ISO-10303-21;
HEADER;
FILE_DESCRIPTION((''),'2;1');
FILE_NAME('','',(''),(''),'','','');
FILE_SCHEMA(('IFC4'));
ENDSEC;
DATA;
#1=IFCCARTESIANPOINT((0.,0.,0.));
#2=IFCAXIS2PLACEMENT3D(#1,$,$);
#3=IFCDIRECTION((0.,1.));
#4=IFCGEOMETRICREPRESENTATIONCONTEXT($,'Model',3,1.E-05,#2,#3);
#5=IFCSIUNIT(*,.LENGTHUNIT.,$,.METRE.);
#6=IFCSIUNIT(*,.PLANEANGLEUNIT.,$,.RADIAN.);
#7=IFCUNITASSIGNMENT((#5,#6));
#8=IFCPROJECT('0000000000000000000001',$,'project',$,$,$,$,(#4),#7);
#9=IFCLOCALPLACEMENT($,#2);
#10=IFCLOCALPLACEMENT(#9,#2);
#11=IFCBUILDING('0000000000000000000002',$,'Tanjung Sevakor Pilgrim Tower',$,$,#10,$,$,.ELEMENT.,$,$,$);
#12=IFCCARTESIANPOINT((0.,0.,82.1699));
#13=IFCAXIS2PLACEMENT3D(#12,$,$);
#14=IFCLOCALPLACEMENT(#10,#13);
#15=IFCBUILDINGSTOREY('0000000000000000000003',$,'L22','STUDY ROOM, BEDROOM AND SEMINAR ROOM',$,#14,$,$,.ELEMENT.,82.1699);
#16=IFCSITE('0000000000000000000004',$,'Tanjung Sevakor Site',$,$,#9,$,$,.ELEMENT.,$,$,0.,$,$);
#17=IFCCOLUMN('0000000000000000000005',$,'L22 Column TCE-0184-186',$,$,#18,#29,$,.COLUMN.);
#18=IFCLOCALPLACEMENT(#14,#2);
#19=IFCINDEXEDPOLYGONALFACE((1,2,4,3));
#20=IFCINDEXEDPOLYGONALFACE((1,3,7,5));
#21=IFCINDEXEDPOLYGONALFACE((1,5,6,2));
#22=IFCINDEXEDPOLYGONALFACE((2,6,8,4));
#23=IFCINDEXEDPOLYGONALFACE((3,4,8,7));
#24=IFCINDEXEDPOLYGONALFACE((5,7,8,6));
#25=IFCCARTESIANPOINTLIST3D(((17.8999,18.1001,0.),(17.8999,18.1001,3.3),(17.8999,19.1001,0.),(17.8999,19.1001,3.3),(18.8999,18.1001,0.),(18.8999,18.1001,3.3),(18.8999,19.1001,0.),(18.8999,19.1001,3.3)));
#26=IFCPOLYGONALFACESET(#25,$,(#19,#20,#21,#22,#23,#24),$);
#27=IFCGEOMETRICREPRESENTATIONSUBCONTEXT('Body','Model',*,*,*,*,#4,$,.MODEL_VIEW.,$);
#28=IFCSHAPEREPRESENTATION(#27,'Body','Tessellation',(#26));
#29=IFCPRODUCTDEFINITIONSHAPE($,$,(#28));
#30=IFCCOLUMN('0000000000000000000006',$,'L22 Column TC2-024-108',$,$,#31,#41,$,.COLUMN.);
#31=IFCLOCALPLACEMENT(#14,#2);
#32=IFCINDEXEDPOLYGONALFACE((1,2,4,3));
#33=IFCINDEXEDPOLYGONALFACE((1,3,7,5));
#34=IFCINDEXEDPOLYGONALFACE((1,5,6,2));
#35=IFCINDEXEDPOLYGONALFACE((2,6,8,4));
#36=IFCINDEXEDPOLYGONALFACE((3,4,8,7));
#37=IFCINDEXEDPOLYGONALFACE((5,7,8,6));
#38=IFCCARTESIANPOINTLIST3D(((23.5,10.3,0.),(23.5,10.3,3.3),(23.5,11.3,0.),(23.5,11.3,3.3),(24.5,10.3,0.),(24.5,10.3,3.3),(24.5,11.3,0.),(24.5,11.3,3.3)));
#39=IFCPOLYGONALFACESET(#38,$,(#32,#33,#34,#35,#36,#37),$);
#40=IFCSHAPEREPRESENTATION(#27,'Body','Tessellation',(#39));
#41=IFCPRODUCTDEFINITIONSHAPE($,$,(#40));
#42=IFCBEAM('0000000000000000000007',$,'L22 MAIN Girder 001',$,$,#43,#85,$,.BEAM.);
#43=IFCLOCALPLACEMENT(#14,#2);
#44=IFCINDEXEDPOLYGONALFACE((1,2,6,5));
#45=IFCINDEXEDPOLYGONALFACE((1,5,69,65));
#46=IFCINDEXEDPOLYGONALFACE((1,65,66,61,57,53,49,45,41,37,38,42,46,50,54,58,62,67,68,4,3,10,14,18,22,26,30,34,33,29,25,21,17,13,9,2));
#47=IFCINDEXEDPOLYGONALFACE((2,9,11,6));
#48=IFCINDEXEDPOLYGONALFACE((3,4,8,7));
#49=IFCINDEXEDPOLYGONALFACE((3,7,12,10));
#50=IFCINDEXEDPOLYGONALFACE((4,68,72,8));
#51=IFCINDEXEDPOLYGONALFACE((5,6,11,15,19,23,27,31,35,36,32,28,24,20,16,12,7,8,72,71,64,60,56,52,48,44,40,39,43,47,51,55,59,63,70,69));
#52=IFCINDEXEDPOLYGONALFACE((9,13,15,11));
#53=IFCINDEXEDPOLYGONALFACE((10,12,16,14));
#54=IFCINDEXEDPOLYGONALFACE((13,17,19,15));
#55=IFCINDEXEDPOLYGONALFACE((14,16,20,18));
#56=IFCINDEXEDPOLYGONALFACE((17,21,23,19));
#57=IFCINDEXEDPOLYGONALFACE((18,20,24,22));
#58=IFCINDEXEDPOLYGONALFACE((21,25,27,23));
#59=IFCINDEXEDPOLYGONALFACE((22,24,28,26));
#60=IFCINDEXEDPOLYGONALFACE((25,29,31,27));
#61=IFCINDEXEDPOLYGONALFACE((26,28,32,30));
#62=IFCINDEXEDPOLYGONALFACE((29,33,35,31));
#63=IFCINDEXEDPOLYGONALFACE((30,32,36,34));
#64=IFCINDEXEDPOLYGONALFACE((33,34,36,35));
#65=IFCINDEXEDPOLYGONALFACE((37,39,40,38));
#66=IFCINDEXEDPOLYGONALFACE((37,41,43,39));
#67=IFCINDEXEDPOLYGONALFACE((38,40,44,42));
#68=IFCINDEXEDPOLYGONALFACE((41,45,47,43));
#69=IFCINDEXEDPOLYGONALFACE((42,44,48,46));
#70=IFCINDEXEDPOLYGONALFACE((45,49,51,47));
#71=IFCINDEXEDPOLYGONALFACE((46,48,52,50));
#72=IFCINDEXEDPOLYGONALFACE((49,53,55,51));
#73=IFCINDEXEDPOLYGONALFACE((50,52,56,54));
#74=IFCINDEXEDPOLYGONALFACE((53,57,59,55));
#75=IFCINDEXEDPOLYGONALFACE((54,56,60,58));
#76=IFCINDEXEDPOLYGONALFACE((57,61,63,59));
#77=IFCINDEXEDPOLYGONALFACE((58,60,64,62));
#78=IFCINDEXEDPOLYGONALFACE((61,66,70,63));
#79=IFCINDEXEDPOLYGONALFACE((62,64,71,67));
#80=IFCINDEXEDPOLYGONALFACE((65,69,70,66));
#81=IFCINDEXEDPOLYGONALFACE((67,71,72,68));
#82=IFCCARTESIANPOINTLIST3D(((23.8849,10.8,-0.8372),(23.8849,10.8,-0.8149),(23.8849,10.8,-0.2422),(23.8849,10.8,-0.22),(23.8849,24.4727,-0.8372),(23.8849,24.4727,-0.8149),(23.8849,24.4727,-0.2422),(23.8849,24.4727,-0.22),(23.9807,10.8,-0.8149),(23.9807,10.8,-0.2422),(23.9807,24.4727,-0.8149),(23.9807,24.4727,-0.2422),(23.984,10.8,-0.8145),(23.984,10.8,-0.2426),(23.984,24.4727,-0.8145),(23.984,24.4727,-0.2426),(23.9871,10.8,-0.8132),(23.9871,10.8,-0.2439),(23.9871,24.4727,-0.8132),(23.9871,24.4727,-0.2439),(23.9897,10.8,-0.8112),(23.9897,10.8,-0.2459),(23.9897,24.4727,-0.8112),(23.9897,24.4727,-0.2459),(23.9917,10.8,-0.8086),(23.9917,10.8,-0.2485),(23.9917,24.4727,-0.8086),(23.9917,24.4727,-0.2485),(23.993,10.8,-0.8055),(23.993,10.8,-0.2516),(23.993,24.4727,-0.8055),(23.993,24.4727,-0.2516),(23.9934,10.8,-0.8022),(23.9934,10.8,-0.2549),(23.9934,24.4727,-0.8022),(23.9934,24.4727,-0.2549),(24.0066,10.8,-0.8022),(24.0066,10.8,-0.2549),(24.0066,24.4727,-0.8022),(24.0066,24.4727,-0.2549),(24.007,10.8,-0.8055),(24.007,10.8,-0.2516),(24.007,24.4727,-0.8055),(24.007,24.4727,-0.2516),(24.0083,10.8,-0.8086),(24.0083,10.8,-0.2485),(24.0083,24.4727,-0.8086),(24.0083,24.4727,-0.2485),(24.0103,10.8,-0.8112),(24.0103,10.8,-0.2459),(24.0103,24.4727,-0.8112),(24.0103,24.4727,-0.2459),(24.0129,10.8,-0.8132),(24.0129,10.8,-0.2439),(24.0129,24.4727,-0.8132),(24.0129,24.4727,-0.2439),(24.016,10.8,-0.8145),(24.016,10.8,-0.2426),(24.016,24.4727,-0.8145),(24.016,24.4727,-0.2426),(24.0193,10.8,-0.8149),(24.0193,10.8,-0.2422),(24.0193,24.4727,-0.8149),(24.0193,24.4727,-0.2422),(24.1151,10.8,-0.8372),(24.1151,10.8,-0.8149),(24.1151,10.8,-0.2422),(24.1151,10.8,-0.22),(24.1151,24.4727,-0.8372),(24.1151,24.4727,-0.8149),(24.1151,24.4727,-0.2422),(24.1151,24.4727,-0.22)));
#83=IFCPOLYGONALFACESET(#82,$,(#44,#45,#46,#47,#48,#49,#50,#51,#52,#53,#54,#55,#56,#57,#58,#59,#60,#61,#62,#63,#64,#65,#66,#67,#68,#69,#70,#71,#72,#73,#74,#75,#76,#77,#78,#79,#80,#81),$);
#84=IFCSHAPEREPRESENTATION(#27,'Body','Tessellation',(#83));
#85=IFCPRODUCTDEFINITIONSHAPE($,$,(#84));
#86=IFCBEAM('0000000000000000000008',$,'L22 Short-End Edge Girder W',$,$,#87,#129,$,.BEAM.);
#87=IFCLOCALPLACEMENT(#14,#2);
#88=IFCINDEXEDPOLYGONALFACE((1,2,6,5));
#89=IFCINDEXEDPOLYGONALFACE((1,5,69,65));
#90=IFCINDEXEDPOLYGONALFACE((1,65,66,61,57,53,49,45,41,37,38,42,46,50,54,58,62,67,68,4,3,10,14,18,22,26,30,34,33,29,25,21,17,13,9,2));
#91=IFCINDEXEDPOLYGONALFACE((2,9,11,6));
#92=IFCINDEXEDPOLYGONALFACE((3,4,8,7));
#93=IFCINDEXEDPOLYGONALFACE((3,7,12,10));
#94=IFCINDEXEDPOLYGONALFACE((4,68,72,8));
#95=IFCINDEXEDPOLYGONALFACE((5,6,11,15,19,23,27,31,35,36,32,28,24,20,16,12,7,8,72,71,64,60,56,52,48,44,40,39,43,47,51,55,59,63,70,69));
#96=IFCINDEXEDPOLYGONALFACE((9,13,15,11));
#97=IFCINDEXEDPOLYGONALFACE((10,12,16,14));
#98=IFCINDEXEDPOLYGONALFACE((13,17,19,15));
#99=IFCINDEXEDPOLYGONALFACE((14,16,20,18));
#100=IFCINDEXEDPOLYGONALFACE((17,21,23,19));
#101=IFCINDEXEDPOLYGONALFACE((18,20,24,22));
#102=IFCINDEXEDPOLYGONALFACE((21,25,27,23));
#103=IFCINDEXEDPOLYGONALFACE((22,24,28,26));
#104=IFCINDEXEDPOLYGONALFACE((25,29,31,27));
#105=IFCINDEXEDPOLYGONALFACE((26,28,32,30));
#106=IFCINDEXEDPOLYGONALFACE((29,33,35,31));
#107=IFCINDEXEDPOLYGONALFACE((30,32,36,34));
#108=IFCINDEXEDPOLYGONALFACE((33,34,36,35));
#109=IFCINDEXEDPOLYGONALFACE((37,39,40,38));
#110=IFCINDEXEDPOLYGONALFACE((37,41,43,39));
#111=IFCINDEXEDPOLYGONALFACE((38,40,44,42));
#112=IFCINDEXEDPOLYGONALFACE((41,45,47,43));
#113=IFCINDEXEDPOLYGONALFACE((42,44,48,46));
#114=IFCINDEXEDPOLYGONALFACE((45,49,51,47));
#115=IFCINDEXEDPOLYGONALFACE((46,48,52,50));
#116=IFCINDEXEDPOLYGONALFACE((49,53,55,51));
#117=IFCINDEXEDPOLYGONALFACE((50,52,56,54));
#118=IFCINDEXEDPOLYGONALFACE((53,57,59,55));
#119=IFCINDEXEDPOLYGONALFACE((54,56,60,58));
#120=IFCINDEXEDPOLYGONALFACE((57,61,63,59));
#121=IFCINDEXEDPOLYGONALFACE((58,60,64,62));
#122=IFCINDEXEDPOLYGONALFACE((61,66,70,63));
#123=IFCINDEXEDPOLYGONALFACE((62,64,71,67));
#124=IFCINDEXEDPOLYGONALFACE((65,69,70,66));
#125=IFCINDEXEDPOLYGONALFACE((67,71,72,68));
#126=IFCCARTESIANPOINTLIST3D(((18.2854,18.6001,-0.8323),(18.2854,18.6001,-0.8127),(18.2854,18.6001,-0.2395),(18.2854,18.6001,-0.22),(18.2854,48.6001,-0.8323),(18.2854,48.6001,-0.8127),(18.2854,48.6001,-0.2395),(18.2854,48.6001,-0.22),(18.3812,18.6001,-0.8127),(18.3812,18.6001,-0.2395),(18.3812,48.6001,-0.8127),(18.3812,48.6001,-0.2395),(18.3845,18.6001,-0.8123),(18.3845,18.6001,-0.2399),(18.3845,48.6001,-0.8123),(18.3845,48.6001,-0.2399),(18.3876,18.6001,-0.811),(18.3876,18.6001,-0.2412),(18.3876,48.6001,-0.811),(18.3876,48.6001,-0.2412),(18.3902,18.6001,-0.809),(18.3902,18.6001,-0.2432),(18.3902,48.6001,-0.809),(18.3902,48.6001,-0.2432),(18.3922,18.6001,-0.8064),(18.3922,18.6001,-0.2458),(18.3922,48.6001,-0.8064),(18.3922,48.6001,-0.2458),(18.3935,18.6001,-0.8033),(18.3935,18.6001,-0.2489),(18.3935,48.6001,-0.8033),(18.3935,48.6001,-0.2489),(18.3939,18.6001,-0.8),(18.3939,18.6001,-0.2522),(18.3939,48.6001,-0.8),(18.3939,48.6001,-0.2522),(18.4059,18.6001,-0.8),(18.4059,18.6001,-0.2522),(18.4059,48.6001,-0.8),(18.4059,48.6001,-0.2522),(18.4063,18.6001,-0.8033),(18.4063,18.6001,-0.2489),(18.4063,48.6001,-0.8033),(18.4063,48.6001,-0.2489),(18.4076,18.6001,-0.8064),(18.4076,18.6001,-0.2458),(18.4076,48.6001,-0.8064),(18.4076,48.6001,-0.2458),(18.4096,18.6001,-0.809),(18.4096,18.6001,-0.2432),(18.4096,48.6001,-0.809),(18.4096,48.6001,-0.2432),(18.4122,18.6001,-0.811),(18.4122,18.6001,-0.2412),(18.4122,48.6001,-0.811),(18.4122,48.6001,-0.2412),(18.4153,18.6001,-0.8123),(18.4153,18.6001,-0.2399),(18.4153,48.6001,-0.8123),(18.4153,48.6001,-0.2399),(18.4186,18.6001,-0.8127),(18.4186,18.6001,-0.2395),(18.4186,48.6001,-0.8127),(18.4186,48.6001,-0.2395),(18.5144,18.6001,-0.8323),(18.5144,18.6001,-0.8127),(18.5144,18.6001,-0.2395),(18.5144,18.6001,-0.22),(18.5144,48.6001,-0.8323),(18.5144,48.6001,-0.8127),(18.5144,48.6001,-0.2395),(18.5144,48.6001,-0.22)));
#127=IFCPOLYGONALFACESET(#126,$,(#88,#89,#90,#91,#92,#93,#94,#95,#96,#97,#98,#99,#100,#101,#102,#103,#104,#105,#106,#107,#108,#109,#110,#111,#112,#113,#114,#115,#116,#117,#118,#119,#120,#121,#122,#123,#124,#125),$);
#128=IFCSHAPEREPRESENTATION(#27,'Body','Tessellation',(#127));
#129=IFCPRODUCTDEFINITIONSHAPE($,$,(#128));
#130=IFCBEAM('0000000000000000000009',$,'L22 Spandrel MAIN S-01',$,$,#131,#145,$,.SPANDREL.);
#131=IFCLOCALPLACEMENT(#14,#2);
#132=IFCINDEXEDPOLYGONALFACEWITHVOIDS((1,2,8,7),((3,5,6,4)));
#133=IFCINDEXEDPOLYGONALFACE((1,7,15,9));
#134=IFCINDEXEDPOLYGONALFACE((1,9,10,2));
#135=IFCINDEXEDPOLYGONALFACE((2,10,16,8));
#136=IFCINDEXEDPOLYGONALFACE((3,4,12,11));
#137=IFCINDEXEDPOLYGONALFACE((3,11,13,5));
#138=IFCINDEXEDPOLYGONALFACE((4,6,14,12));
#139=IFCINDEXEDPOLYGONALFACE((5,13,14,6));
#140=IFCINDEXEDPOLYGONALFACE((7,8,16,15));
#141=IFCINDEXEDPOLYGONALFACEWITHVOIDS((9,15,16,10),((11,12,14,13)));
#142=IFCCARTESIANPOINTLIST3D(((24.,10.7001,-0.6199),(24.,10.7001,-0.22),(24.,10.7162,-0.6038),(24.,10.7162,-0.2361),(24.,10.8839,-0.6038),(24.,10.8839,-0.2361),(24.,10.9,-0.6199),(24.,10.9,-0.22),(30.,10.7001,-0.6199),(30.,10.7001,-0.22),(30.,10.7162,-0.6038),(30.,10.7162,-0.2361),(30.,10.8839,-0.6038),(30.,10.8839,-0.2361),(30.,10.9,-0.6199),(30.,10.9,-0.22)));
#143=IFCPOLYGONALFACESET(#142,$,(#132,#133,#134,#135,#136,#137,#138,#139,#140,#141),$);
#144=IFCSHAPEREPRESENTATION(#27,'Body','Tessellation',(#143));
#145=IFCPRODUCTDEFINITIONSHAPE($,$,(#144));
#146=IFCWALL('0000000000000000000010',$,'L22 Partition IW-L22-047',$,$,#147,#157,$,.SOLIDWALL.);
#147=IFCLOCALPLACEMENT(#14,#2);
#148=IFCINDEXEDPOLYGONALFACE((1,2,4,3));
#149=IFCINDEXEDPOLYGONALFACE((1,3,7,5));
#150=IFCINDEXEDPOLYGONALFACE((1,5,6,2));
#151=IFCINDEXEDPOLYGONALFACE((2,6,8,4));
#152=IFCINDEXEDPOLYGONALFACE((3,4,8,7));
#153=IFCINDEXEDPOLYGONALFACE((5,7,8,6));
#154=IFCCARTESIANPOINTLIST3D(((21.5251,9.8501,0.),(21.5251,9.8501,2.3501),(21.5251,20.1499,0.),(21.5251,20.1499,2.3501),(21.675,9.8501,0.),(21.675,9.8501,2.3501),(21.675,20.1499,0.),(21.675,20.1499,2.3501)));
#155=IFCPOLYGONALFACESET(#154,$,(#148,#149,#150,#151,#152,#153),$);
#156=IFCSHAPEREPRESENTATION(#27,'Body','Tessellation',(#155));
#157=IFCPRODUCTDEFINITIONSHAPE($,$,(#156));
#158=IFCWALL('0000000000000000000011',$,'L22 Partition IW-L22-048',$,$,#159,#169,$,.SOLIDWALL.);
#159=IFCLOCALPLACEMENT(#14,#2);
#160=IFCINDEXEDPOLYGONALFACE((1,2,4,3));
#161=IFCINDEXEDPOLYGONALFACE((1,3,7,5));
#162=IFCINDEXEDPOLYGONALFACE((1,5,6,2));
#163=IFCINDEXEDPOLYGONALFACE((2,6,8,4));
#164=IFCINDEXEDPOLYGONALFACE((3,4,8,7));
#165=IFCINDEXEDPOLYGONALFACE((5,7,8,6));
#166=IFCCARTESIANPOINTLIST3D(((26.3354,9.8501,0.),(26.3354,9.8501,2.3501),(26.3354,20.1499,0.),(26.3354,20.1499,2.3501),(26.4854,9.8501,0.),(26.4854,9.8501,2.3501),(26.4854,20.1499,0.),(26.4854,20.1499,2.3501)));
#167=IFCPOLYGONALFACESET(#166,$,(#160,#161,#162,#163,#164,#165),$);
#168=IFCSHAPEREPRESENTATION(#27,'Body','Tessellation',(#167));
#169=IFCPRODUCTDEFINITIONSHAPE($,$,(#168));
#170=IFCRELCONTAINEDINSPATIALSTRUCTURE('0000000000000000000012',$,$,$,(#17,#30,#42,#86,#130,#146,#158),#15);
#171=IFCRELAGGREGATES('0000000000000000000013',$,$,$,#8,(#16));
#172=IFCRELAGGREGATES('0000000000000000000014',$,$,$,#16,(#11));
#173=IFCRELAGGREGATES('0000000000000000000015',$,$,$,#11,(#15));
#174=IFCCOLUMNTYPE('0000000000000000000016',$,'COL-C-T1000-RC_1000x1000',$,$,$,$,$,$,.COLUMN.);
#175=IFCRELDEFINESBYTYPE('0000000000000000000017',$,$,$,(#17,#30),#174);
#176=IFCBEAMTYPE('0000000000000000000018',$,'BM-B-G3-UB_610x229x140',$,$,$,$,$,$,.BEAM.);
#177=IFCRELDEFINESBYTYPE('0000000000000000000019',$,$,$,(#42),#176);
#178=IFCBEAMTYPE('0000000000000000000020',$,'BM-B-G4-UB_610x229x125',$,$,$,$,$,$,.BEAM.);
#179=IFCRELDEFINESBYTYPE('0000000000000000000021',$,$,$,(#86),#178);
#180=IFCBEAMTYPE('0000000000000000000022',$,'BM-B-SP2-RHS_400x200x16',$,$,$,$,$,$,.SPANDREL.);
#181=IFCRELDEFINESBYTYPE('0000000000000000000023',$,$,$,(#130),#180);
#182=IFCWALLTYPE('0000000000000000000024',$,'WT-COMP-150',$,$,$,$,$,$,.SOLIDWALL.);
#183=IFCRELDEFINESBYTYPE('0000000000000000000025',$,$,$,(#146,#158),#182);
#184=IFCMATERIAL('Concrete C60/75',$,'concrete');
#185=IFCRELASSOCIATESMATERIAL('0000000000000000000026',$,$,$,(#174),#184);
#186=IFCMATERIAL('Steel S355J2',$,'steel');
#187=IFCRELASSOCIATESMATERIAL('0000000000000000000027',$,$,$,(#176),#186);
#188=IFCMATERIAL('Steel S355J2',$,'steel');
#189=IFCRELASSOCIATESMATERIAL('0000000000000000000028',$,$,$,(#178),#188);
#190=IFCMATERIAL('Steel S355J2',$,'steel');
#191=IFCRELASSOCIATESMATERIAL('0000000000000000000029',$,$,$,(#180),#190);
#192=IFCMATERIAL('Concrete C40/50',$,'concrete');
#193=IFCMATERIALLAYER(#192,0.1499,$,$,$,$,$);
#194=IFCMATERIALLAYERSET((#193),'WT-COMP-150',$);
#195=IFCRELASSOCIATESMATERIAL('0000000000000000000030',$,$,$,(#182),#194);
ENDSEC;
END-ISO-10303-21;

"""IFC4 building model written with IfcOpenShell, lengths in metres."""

from ifc_helpers import new_model, si_unit, direction, frame, frame_2d, origin, origin_2d, place, context, subcontext, project, spatial, rectangle, hollow_rectangle, i_section, extrude, material, layer, layer_set, material_profile, profile_set, type_object, element, save


model = new_model("IFC4")

# Units and contexts
model_context = context("Model", 3, precision=1e-05, world=origin(), true_north=direction((0.0, 1.0)))
body_context = subcontext(model_context, "Body", "Model", "MODEL_VIEW")
ifc_project = project(units=[si_unit("LENGTHUNIT", "METRE"), si_unit("PLANEANGLEUNIT", "RADIAN")], contexts=[model_context])

# Site, building, storey
site_placement = place(None, origin())
site = spatial("IfcSite", under=ifc_project, at=site_placement, Name="Tanjung Sevakor Site", CompositionType="ELEMENT", RefElevation=0.0)
building_placement = place(site_placement, origin())
building = spatial("IfcBuilding", under=site, at=building_placement, Name="Tanjung Sevakor Pilgrim Tower", CompositionType="ELEMENT")
storey_placement = place(building_placement, frame((0.0, 0.0, 82.1699)))
storey = spatial("IfcBuildingStorey", under=building, at=storey_placement, Name="L22", Description="STUDY ROOM, BEDROOM AND SEMINAR ROOM", CompositionType="ELEMENT", Elevation=82.1699)

# Columns
ifc_material_1 = material(Name="Concrete C60/75", Category="concrete")
ifc_material_profile_1 = material_profile(ifc_material_1, rectangle(XDim=1.0, YDim=1.0, at=origin_2d()))
ifc_profile_set_1 = profile_set([ifc_material_profile_1], Name="Concrete C60/75")
column_type = type_object("IfcColumnType", Name="COL-C-T1000-RC_1000x1000", PredefinedType="COLUMN", material=ifc_profile_set_1)
for number, where, z_axis, x_axis, name in (
    (1, (18.3999, 18.6001, 0.0), (0.0, 0.0, 1.0), (1.0, 0.0, 0.0), "L22 Column TCE-0184-186"),
    (2, (24.0, 10.8, 0.0), (0.0, 0.0, 1.0), (1.0, 0.0, 0.0), "L22 Column TC2-024-108"),
):
    element("IfcColumn", number, at=place(storey_placement, frame(where, z_axis=z_axis, x_axis=x_axis)), inside=storey, type_object=column_type, Name=name, PredefinedType="COLUMN", context=body_context, shape_type="SweptSolid", body=[
        extrude(rectangle(XDim=1.0, YDim=1.0, at=origin_2d()), origin(), (0.0, 0.0, 1.0), 3.3),
    ])

# Beams
ifc_material_2 = material(Name="Steel S355J2", Category="steel")
ifc_material_profile_2 = material_profile(ifc_material_2, i_section(OverallWidth=0.2302, OverallDepth=0.6172, WebThickness=0.0132, FlangeThickness=0.0222, FilletRadius=0.0127, at=origin_2d()))
ifc_profile_set_2 = profile_set([ifc_material_profile_2], Name="Steel S355J2")
beam_type_1 = type_object("IfcBeamType", Name="BM-B-G3-UB_610x229x140", PredefinedType="BEAM", material=ifc_profile_set_2)
beam_1_placement = place(storey_placement, frame((24.0, 10.8, -0.5286), z_axis=(0.0, 1.0, 0.0), x_axis=(-1.0, 0.0, 0.0)))
element("IfcBeam", 3, at=beam_1_placement, inside=storey, type_object=beam_type_1, Name="L22 MAIN Girder 001", PredefinedType="BEAM", context=body_context, shape_type="SweptSolid", body=[
    extrude(i_section(OverallWidth=0.2302, OverallDepth=0.6172, WebThickness=0.0132, FlangeThickness=0.0222, FilletRadius=0.0127, at=origin_2d()), origin(), (0.0, 0.0, 1.0), 13.6726),
])
ifc_material_3 = material(Name="Steel S355J2", Category="steel")
ifc_material_profile_3 = material_profile(ifc_material_3, i_section(OverallWidth=0.229, OverallDepth=0.6123, WebThickness=0.012, FlangeThickness=0.0195, FilletRadius=0.0127, at=origin_2d()))
ifc_profile_set_3 = profile_set([ifc_material_profile_3], Name="Steel S355J2")
beam_type_2 = type_object("IfcBeamType", Name="BM-B-G4-UB_610x229x125", PredefinedType="BEAM", material=ifc_profile_set_3)
beam_2_placement = place(storey_placement, frame((18.3999, 18.6001, -0.5261), z_axis=(0.0, 1.0, 0.0), x_axis=(-1.0, 0.0, 0.0)))
element("IfcBeam", 4, at=beam_2_placement, inside=storey, type_object=beam_type_2, Name="L22 Short-End Edge Girder W", PredefinedType="BEAM", context=body_context, shape_type="SweptSolid", body=[
    extrude(i_section(OverallWidth=0.229, OverallDepth=0.6123, WebThickness=0.012, FlangeThickness=0.0195, FilletRadius=0.0127, at=origin_2d()), origin(), (0.0, 0.0, 1.0), 30.0),
])
ifc_material_4 = material(Name="Steel S355J2", Category="steel")
ifc_material_profile_4 = material_profile(ifc_material_4, hollow_rectangle(XDim=0.2, YDim=0.3999, WallThickness=0.0161, at=origin_2d()))
ifc_profile_set_4 = profile_set([ifc_material_profile_4], Name="Steel S355J2")
beam_type_3 = type_object("IfcBeamType", Name="BM-B-SP2-RHS_400x200x16", PredefinedType="SPANDREL", material=ifc_profile_set_4)
beam_3_placement = place(storey_placement, frame((24.0, 10.8, -0.4199), z_axis=(1.0, 0.0, 0.0), x_axis=(0.0, 1.0, 0.0)))
element("IfcBeam", 5, at=beam_3_placement, inside=storey, type_object=beam_type_3, Name="L22 Spandrel MAIN S-01", PredefinedType="SPANDREL", context=body_context, shape_type="SweptSolid", body=[
    extrude(hollow_rectangle(XDim=0.2, YDim=0.3999, WallThickness=0.0161, at=origin_2d()), origin(), (0.0, 0.0, 1.0), 6.0),
])

# Walls
ifc_material_5 = material(Name="Concrete C40/50", Category="concrete")
ifc_layer_1 = layer(ifc_material_5, 0.1499)
ifc_layer_set_1 = layer_set([ifc_layer_1], Name="WT-COMP-150")
wall_type_1 = type_object("IfcWallType", Name="WT-COMP-150", PredefinedType="SOLIDWALL", material=ifc_layer_set_1)
for number, where, z_axis, x_axis, name in (
    (6, (21.6001, 9.8501, 0.0), (0.0, 0.0, 1.0), (0.0, 1.0, 0.0), "L22 Partition IW-L22-047"),
    (7, (26.4104, 9.8501, 0.0), (0.0, 0.0, 1.0), (0.0, 1.0, 0.0), "L22 Partition IW-L22-048"),
):
    element("IfcWall", number, at=place(storey_placement, frame(where, z_axis=z_axis, x_axis=x_axis)), inside=storey, type_object=wall_type_1, Name=name, PredefinedType="SOLIDWALL", context=body_context, shape_type="SweptSolid", body=[
        extrude(rectangle(XDim=10.2998, YDim=0.1499, at=frame_2d((5.1499, 0.0))), origin(), (0.0, 0.0, 1.0), 2.3501),
    ])

save(model, "model.ifc")
